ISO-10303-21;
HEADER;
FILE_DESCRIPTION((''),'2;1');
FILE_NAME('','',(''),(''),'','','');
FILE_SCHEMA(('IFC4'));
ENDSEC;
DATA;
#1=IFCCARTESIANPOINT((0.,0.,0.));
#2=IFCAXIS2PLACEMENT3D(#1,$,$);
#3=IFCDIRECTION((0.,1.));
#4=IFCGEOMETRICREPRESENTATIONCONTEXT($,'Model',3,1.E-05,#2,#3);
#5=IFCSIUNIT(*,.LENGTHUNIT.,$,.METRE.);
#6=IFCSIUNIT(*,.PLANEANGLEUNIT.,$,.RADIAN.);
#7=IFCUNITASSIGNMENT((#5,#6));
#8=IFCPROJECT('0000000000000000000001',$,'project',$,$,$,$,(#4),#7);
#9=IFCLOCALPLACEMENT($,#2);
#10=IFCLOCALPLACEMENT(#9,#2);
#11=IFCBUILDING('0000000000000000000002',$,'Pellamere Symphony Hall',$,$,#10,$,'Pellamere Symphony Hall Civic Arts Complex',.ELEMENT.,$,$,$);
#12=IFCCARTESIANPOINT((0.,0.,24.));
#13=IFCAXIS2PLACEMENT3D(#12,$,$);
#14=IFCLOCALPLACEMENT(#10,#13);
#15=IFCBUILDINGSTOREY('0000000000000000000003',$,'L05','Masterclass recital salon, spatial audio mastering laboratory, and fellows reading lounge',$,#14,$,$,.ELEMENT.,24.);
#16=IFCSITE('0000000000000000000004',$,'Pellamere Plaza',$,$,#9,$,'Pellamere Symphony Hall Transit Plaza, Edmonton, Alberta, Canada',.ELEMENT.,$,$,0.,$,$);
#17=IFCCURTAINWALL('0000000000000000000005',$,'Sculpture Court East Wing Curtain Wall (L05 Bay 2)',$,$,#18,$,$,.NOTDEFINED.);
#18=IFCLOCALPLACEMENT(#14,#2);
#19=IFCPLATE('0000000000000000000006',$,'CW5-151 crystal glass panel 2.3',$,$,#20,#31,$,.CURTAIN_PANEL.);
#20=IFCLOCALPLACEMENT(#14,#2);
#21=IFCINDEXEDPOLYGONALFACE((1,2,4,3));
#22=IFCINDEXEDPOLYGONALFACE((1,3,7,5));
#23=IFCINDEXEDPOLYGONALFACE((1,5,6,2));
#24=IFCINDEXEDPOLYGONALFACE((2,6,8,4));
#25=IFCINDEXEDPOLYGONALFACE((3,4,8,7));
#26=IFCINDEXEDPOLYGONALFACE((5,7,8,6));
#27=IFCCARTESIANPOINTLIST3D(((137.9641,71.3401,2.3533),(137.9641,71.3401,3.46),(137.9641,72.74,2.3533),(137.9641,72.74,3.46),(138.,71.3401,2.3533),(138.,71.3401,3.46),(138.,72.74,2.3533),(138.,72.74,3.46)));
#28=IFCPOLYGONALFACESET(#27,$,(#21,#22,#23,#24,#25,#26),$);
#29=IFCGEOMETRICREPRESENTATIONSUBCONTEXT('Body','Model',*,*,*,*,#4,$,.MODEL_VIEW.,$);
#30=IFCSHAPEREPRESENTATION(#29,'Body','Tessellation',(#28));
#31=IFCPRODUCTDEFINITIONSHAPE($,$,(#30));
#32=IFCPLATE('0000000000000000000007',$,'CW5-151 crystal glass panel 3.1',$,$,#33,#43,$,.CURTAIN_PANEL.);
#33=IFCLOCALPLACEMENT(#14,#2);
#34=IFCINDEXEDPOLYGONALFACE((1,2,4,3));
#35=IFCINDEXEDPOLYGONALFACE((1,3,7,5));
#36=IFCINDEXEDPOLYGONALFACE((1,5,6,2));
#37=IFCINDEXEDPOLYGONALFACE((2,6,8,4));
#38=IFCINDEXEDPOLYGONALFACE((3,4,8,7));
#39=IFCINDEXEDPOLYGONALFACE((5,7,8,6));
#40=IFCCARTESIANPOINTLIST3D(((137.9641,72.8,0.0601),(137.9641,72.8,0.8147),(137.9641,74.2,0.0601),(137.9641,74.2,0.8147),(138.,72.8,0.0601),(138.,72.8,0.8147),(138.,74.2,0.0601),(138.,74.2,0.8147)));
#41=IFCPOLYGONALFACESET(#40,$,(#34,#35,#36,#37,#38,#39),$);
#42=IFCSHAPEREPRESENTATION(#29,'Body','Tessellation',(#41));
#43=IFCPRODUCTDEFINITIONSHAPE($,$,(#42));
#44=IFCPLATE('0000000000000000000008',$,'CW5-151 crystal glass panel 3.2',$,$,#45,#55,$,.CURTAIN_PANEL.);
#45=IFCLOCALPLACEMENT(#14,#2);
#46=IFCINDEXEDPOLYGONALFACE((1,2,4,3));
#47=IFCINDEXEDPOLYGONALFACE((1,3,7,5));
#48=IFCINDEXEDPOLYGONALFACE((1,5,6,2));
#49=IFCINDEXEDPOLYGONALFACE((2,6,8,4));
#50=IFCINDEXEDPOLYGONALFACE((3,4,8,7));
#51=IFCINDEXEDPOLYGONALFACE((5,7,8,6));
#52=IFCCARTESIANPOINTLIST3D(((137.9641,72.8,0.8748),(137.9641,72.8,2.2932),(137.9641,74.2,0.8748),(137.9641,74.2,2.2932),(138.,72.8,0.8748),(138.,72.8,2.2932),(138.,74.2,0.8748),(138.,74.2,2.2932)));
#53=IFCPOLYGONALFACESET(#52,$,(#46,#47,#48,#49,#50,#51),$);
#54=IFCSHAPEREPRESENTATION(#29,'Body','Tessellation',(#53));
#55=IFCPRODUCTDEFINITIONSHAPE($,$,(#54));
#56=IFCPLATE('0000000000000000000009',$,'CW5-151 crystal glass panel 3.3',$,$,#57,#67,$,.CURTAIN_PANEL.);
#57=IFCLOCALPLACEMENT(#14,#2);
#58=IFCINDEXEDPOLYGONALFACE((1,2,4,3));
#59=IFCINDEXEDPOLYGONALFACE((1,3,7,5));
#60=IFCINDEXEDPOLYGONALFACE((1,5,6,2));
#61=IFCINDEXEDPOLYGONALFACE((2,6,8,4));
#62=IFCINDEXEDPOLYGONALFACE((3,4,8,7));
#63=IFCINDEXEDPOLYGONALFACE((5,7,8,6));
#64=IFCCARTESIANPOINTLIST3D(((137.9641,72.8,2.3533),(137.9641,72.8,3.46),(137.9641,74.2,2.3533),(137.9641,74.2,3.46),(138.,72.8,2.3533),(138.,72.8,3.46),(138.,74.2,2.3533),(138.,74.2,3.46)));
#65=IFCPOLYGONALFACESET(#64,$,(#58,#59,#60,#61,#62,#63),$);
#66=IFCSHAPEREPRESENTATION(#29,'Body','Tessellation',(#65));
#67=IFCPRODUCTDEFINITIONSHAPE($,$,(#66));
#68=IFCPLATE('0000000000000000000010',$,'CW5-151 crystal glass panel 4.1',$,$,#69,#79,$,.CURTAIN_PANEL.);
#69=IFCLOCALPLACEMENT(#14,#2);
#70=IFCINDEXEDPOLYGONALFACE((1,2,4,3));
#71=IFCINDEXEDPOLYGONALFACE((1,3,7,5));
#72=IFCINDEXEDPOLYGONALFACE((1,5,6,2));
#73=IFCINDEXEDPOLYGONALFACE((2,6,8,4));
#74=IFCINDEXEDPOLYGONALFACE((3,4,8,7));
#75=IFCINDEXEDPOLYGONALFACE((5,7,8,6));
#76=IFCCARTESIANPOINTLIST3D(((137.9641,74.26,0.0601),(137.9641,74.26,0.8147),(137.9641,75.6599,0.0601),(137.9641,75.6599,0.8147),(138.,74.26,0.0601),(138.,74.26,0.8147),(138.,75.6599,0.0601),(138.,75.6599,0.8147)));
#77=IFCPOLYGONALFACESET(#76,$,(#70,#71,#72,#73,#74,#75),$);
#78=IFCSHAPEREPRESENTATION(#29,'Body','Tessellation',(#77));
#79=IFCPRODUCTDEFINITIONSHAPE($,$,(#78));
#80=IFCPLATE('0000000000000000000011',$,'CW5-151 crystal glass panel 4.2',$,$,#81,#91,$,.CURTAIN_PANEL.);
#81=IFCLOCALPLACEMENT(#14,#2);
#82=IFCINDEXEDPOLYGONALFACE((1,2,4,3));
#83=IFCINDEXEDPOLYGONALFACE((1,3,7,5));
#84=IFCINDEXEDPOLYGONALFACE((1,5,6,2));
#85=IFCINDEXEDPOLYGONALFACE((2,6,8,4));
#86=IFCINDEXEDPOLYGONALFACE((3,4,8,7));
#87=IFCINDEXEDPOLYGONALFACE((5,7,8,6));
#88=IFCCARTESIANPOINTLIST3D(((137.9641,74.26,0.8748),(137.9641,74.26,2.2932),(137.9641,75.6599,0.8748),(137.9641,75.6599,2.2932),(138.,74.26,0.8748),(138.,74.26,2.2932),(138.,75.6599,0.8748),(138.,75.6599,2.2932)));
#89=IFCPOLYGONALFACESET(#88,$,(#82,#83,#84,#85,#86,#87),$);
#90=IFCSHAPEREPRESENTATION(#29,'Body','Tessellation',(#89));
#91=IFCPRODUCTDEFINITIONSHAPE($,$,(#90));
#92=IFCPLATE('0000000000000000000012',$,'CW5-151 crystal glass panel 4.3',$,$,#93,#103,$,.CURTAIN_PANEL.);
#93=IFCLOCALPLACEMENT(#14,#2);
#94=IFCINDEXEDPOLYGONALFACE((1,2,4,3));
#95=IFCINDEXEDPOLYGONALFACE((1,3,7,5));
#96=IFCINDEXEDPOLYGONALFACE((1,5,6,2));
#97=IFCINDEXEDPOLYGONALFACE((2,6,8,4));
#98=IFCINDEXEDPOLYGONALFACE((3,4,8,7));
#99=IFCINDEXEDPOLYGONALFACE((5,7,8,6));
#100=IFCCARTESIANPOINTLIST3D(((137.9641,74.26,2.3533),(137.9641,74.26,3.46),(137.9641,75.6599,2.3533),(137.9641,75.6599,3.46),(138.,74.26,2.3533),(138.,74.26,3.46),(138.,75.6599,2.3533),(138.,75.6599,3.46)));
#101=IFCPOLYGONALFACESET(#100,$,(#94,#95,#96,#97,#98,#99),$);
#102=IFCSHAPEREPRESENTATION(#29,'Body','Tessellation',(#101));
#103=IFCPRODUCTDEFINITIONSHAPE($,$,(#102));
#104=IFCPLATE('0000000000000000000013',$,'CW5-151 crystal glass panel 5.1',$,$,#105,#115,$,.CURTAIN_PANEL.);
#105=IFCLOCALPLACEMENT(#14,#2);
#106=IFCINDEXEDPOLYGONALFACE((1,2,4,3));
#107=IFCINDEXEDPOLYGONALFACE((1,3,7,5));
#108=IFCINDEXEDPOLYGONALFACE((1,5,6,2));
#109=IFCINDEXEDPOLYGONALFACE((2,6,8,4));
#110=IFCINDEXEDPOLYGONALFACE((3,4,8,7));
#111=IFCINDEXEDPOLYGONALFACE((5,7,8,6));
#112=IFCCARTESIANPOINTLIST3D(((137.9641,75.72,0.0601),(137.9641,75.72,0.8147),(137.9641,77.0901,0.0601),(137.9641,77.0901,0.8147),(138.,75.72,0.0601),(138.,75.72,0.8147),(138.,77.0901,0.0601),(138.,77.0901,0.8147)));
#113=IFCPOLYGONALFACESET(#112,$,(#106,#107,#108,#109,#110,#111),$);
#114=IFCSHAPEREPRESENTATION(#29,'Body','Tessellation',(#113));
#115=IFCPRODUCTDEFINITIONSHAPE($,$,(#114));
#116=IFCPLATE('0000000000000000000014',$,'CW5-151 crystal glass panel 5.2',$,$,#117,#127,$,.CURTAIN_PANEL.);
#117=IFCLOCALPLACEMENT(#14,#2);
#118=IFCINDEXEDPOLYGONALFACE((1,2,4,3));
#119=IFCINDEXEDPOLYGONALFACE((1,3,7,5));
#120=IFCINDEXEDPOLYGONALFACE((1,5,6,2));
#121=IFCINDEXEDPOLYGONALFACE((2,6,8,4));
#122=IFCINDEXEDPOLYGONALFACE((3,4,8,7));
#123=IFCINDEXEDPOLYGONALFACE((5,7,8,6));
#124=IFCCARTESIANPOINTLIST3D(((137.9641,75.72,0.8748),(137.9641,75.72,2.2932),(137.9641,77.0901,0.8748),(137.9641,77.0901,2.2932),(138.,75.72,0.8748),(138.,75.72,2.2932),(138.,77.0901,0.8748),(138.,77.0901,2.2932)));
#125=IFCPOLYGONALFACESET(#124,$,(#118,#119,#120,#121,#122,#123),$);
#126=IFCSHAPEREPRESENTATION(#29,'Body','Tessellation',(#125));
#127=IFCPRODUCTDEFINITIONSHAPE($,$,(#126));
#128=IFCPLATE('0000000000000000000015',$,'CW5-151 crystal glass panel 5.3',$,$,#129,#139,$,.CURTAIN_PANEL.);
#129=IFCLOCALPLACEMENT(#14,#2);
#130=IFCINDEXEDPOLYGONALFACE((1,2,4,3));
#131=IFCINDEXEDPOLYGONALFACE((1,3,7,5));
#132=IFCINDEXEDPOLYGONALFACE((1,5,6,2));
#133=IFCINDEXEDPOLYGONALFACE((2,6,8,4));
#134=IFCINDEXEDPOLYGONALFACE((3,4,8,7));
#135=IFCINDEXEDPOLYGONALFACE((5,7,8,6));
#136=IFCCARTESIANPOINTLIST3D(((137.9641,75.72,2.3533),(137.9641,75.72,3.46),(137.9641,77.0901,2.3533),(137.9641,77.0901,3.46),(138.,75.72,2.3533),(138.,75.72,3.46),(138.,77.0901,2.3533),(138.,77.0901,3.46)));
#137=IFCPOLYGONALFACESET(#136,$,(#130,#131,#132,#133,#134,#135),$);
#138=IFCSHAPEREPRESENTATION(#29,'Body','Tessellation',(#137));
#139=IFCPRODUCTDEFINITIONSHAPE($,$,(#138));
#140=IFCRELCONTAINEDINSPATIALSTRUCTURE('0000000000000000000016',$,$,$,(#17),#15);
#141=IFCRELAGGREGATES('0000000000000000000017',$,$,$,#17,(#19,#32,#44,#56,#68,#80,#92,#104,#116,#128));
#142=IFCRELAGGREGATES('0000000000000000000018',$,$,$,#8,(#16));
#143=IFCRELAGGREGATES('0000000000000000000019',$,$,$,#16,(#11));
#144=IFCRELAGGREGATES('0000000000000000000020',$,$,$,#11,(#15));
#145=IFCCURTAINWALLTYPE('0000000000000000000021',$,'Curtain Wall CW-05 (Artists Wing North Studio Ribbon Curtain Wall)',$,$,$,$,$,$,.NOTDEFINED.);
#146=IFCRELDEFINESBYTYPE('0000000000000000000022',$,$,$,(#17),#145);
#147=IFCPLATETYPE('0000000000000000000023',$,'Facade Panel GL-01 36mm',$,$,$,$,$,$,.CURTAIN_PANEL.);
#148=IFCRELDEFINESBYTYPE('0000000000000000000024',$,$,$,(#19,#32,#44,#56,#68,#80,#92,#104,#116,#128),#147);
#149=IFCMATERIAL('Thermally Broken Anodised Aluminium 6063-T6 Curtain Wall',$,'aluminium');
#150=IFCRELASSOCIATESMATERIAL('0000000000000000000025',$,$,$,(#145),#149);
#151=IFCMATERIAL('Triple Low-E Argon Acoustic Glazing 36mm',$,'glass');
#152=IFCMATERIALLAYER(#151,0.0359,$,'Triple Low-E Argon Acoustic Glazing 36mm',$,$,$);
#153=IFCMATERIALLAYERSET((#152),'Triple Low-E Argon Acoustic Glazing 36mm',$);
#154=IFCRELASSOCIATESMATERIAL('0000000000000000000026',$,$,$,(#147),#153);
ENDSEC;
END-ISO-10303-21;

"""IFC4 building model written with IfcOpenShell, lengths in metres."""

from ifc_helpers import new_model, si_unit, direction, frame, origin, place, context, subcontext, project, spatial, polyline, outline, extrude, material, layer, layer_set, type_object, element, aggregate, save


model = new_model("IFC4")

# Units and contexts
model_context = context("Model", 3, precision=1e-05, world=origin(), true_north=direction((0.0, 1.0)))
body_context = subcontext(model_context, "Body", "Model", "MODEL_VIEW")
ifc_project = project(units=[si_unit("LENGTHUNIT", "METRE"), si_unit("PLANEANGLEUNIT", "RADIAN")], contexts=[model_context])

# Site, building, storey
site_placement = place(None, origin())
site = spatial("IfcSite", under=ifc_project, at=site_placement, Name="Pellamere Plaza", LongName="Pellamere Symphony Hall Transit Plaza, Edmonton, Alberta, Canada", CompositionType="ELEMENT", RefElevation=0.0)
building_placement = place(site_placement, origin())
building = spatial("IfcBuilding", under=site, at=building_placement, Name="Pellamere Symphony Hall", LongName="Pellamere Symphony Hall Civic Arts Complex", CompositionType="ELEMENT")
storey_placement = place(building_placement, frame((0.0, 0.0, 24.0)))
storey = spatial("IfcBuildingStorey", under=building, at=storey_placement, Name="L05", Description="Masterclass recital salon, spatial audio mastering laboratory, and fellows reading lounge", CompositionType="ELEMENT", Elevation=24.0)

# Curtain wall
ifc_material_1 = material(Name="Thermally Broken Anodised Aluminium 6063-T6 Curtain Wall", Category="aluminium")
curtain_wall_type = type_object("IfcCurtainWallType", Name="Curtain Wall CW-05 (Artists Wing North Studio Ribbon Curtain Wall)", PredefinedType="NOTDEFINED", material=ifc_material_1)
curtain_wall_placement = place(storey_placement, origin())
curtain_wall = element("IfcCurtainWall", 1, at=curtain_wall_placement, inside=storey, type_object=curtain_wall_type, Name="Sculpture Court East Wing Curtain Wall (L05 Bay 2)", PredefinedType="NOTDEFINED")

# Plates
ifc_material_2 = material(Name="Triple Low-E Argon Acoustic Glazing 36mm", Category="glass")
ifc_layer = layer(ifc_material_2, 0.0359, Name="Triple Low-E Argon Acoustic Glazing 36mm")
ifc_layer_set = layer_set([ifc_layer], Name="Triple Low-E Argon Acoustic Glazing 36mm")
plate_type = type_object("IfcPlateType", Name="Facade Panel GL-01 36mm", PredefinedType="CURTAIN_PANEL", material=ifc_layer_set)
plate_1_placement = place(storey_placement, frame((138.0, 71.3401, 2.3533), z_axis=(1.0, 0.0, 0.0), x_axis=(0.0, 1.0, 0.0)))
plate_1 = element("IfcPlate", 2, at=plate_1_placement, type_object=plate_type, Name="CW5-151 crystal glass panel 2.3", PredefinedType="CURTAIN_PANEL", context=body_context, shape_type="SweptSolid", body=[
    extrude(outline(polyline([(0.0, 0.0), (1.3999, 0.0), (1.3999, 1.1067), (0.0, 1.1067), (0.0, 0.0)])), origin(), (0.0, 0.0, -1.0), 0.0359),
])
plate_2_placement = place(storey_placement, frame((138.0, 72.8, 0.0601), z_axis=(1.0, 0.0, 0.0), x_axis=(0.0, 1.0, 0.0)))
plate_2 = element("IfcPlate", 3, at=plate_2_placement, type_object=plate_type, Name="CW5-151 crystal glass panel 3.1", PredefinedType="CURTAIN_PANEL", context=body_context, shape_type="SweptSolid", body=[
    extrude(outline(polyline([(0.0, 0.0), (1.3999, 0.0), (1.3999, 0.7546), (0.0, 0.7546), (0.0, 0.0)])), origin(), (0.0, 0.0, -1.0), 0.0359),
])
plate_3_placement = place(storey_placement, frame((138.0, 72.8, 0.8748), z_axis=(1.0, 0.0, 0.0), x_axis=(0.0, 1.0, 0.0)))
plate_3 = element("IfcPlate", 4, at=plate_3_placement, type_object=plate_type, Name="CW5-151 crystal glass panel 3.2", PredefinedType="CURTAIN_PANEL", context=body_context, shape_type="SweptSolid", body=[
    extrude(outline(polyline([(0.0, 0.0), (1.3999, 0.0), (1.3999, 1.4185), (0.0, 1.4185), (0.0, 0.0)])), origin(), (0.0, 0.0, -1.0), 0.0359),
])
plate_4_placement = place(storey_placement, frame((138.0, 72.8, 2.3533), z_axis=(1.0, 0.0, 0.0), x_axis=(0.0, 1.0, 0.0)))
plate_4 = element("IfcPlate", 5, at=plate_4_placement, type_object=plate_type, Name="CW5-151 crystal glass panel 3.3", PredefinedType="CURTAIN_PANEL", context=body_context, shape_type="SweptSolid", body=[
    extrude(outline(polyline([(0.0, 0.0), (1.3999, 0.0), (1.3999, 1.1067), (0.0, 1.1067), (0.0, 0.0)])), origin(), (0.0, 0.0, -1.0), 0.0359),
])
plate_5_placement = place(storey_placement, frame((138.0, 74.26, 0.0601), z_axis=(1.0, 0.0, 0.0), x_axis=(0.0, 1.0, 0.0)))
plate_5 = element("IfcPlate", 6, at=plate_5_placement, type_object=plate_type, Name="CW5-151 crystal glass panel 4.1", PredefinedType="CURTAIN_PANEL", context=body_context, shape_type="SweptSolid", body=[
    extrude(outline(polyline([(0.0, 0.0), (1.3999, 0.0), (1.3999, 0.7546), (0.0, 0.7546), (0.0, 0.0)])), origin(), (0.0, 0.0, -1.0), 0.0359),
])
plate_6_placement = place(storey_placement, frame((138.0, 74.26, 0.8748), z_axis=(1.0, 0.0, 0.0), x_axis=(0.0, 1.0, 0.0)))
plate_6 = element("IfcPlate", 7, at=plate_6_placement, type_object=plate_type, Name="CW5-151 crystal glass panel 4.2", PredefinedType="CURTAIN_PANEL", context=body_context, shape_type="SweptSolid", body=[
    extrude(outline(polyline([(0.0, 0.0), (1.3999, 0.0), (1.3999, 1.4185), (0.0, 1.4185), (0.0, 0.0)])), origin(), (0.0, 0.0, -1.0), 0.0359),
])
plate_7_placement = place(storey_placement, frame((138.0, 74.26, 2.3533), z_axis=(1.0, 0.0, 0.0), x_axis=(0.0, 1.0, 0.0)))
plate_7 = element("IfcPlate", 8, at=plate_7_placement, type_object=plate_type, Name="CW5-151 crystal glass panel 4.3", PredefinedType="CURTAIN_PANEL", context=body_context, shape_type="SweptSolid", body=[
    extrude(outline(polyline([(0.0, 0.0), (1.3999, 0.0), (1.3999, 1.1067), (0.0, 1.1067), (0.0, 0.0)])), origin(), (0.0, 0.0, -1.0), 0.0359),
])
plate_8_placement = place(storey_placement, frame((138.0, 75.72, 0.0601), z_axis=(1.0, 0.0, 0.0), x_axis=(0.0, 1.0, 0.0)))
plate_8 = element("IfcPlate", 9, at=plate_8_placement, type_object=plate_type, Name="CW5-151 crystal glass panel 5.1", PredefinedType="CURTAIN_PANEL", context=body_context, shape_type="SweptSolid", body=[
    extrude(outline(polyline([(0.0, 0.0), (1.3701, 0.0), (1.3701, 0.7546), (0.0, 0.7546), (0.0, 0.0)])), origin(), (0.0, 0.0, -1.0), 0.0359),
])
plate_9_placement = place(storey_placement, frame((138.0, 75.72, 0.8748), z_axis=(1.0, 0.0, 0.0), x_axis=(0.0, 1.0, 0.0)))
plate_9 = element("IfcPlate", 10, at=plate_9_placement, type_object=plate_type, Name="CW5-151 crystal glass panel 5.2", PredefinedType="CURTAIN_PANEL", context=body_context, shape_type="SweptSolid", body=[
    extrude(outline(polyline([(0.0, 0.0), (1.3701, 0.0), (1.3701, 1.4185), (0.0, 1.4185), (0.0, 0.0)])), origin(), (0.0, 0.0, -1.0), 0.0359),
])
plate_10_placement = place(storey_placement, frame((138.0, 75.72, 2.3533), z_axis=(1.0, 0.0, 0.0), x_axis=(0.0, 1.0, 0.0)))
plate_10 = element("IfcPlate", 11, at=plate_10_placement, type_object=plate_type, Name="CW5-151 crystal glass panel 5.3", PredefinedType="CURTAIN_PANEL", context=body_context, shape_type="SweptSolid", body=[
    extrude(outline(polyline([(0.0, 0.0), (1.3701, 0.0), (1.3701, 1.1067), (0.0, 1.1067), (0.0, 0.0)])), origin(), (0.0, 0.0, -1.0), 0.0359),
])
aggregate(curtain_wall, [plate_1, plate_2, plate_3, plate_4, plate_5, plate_6, plate_7, plate_8, plate_9, plate_10])

save(model, "model.ifc")
